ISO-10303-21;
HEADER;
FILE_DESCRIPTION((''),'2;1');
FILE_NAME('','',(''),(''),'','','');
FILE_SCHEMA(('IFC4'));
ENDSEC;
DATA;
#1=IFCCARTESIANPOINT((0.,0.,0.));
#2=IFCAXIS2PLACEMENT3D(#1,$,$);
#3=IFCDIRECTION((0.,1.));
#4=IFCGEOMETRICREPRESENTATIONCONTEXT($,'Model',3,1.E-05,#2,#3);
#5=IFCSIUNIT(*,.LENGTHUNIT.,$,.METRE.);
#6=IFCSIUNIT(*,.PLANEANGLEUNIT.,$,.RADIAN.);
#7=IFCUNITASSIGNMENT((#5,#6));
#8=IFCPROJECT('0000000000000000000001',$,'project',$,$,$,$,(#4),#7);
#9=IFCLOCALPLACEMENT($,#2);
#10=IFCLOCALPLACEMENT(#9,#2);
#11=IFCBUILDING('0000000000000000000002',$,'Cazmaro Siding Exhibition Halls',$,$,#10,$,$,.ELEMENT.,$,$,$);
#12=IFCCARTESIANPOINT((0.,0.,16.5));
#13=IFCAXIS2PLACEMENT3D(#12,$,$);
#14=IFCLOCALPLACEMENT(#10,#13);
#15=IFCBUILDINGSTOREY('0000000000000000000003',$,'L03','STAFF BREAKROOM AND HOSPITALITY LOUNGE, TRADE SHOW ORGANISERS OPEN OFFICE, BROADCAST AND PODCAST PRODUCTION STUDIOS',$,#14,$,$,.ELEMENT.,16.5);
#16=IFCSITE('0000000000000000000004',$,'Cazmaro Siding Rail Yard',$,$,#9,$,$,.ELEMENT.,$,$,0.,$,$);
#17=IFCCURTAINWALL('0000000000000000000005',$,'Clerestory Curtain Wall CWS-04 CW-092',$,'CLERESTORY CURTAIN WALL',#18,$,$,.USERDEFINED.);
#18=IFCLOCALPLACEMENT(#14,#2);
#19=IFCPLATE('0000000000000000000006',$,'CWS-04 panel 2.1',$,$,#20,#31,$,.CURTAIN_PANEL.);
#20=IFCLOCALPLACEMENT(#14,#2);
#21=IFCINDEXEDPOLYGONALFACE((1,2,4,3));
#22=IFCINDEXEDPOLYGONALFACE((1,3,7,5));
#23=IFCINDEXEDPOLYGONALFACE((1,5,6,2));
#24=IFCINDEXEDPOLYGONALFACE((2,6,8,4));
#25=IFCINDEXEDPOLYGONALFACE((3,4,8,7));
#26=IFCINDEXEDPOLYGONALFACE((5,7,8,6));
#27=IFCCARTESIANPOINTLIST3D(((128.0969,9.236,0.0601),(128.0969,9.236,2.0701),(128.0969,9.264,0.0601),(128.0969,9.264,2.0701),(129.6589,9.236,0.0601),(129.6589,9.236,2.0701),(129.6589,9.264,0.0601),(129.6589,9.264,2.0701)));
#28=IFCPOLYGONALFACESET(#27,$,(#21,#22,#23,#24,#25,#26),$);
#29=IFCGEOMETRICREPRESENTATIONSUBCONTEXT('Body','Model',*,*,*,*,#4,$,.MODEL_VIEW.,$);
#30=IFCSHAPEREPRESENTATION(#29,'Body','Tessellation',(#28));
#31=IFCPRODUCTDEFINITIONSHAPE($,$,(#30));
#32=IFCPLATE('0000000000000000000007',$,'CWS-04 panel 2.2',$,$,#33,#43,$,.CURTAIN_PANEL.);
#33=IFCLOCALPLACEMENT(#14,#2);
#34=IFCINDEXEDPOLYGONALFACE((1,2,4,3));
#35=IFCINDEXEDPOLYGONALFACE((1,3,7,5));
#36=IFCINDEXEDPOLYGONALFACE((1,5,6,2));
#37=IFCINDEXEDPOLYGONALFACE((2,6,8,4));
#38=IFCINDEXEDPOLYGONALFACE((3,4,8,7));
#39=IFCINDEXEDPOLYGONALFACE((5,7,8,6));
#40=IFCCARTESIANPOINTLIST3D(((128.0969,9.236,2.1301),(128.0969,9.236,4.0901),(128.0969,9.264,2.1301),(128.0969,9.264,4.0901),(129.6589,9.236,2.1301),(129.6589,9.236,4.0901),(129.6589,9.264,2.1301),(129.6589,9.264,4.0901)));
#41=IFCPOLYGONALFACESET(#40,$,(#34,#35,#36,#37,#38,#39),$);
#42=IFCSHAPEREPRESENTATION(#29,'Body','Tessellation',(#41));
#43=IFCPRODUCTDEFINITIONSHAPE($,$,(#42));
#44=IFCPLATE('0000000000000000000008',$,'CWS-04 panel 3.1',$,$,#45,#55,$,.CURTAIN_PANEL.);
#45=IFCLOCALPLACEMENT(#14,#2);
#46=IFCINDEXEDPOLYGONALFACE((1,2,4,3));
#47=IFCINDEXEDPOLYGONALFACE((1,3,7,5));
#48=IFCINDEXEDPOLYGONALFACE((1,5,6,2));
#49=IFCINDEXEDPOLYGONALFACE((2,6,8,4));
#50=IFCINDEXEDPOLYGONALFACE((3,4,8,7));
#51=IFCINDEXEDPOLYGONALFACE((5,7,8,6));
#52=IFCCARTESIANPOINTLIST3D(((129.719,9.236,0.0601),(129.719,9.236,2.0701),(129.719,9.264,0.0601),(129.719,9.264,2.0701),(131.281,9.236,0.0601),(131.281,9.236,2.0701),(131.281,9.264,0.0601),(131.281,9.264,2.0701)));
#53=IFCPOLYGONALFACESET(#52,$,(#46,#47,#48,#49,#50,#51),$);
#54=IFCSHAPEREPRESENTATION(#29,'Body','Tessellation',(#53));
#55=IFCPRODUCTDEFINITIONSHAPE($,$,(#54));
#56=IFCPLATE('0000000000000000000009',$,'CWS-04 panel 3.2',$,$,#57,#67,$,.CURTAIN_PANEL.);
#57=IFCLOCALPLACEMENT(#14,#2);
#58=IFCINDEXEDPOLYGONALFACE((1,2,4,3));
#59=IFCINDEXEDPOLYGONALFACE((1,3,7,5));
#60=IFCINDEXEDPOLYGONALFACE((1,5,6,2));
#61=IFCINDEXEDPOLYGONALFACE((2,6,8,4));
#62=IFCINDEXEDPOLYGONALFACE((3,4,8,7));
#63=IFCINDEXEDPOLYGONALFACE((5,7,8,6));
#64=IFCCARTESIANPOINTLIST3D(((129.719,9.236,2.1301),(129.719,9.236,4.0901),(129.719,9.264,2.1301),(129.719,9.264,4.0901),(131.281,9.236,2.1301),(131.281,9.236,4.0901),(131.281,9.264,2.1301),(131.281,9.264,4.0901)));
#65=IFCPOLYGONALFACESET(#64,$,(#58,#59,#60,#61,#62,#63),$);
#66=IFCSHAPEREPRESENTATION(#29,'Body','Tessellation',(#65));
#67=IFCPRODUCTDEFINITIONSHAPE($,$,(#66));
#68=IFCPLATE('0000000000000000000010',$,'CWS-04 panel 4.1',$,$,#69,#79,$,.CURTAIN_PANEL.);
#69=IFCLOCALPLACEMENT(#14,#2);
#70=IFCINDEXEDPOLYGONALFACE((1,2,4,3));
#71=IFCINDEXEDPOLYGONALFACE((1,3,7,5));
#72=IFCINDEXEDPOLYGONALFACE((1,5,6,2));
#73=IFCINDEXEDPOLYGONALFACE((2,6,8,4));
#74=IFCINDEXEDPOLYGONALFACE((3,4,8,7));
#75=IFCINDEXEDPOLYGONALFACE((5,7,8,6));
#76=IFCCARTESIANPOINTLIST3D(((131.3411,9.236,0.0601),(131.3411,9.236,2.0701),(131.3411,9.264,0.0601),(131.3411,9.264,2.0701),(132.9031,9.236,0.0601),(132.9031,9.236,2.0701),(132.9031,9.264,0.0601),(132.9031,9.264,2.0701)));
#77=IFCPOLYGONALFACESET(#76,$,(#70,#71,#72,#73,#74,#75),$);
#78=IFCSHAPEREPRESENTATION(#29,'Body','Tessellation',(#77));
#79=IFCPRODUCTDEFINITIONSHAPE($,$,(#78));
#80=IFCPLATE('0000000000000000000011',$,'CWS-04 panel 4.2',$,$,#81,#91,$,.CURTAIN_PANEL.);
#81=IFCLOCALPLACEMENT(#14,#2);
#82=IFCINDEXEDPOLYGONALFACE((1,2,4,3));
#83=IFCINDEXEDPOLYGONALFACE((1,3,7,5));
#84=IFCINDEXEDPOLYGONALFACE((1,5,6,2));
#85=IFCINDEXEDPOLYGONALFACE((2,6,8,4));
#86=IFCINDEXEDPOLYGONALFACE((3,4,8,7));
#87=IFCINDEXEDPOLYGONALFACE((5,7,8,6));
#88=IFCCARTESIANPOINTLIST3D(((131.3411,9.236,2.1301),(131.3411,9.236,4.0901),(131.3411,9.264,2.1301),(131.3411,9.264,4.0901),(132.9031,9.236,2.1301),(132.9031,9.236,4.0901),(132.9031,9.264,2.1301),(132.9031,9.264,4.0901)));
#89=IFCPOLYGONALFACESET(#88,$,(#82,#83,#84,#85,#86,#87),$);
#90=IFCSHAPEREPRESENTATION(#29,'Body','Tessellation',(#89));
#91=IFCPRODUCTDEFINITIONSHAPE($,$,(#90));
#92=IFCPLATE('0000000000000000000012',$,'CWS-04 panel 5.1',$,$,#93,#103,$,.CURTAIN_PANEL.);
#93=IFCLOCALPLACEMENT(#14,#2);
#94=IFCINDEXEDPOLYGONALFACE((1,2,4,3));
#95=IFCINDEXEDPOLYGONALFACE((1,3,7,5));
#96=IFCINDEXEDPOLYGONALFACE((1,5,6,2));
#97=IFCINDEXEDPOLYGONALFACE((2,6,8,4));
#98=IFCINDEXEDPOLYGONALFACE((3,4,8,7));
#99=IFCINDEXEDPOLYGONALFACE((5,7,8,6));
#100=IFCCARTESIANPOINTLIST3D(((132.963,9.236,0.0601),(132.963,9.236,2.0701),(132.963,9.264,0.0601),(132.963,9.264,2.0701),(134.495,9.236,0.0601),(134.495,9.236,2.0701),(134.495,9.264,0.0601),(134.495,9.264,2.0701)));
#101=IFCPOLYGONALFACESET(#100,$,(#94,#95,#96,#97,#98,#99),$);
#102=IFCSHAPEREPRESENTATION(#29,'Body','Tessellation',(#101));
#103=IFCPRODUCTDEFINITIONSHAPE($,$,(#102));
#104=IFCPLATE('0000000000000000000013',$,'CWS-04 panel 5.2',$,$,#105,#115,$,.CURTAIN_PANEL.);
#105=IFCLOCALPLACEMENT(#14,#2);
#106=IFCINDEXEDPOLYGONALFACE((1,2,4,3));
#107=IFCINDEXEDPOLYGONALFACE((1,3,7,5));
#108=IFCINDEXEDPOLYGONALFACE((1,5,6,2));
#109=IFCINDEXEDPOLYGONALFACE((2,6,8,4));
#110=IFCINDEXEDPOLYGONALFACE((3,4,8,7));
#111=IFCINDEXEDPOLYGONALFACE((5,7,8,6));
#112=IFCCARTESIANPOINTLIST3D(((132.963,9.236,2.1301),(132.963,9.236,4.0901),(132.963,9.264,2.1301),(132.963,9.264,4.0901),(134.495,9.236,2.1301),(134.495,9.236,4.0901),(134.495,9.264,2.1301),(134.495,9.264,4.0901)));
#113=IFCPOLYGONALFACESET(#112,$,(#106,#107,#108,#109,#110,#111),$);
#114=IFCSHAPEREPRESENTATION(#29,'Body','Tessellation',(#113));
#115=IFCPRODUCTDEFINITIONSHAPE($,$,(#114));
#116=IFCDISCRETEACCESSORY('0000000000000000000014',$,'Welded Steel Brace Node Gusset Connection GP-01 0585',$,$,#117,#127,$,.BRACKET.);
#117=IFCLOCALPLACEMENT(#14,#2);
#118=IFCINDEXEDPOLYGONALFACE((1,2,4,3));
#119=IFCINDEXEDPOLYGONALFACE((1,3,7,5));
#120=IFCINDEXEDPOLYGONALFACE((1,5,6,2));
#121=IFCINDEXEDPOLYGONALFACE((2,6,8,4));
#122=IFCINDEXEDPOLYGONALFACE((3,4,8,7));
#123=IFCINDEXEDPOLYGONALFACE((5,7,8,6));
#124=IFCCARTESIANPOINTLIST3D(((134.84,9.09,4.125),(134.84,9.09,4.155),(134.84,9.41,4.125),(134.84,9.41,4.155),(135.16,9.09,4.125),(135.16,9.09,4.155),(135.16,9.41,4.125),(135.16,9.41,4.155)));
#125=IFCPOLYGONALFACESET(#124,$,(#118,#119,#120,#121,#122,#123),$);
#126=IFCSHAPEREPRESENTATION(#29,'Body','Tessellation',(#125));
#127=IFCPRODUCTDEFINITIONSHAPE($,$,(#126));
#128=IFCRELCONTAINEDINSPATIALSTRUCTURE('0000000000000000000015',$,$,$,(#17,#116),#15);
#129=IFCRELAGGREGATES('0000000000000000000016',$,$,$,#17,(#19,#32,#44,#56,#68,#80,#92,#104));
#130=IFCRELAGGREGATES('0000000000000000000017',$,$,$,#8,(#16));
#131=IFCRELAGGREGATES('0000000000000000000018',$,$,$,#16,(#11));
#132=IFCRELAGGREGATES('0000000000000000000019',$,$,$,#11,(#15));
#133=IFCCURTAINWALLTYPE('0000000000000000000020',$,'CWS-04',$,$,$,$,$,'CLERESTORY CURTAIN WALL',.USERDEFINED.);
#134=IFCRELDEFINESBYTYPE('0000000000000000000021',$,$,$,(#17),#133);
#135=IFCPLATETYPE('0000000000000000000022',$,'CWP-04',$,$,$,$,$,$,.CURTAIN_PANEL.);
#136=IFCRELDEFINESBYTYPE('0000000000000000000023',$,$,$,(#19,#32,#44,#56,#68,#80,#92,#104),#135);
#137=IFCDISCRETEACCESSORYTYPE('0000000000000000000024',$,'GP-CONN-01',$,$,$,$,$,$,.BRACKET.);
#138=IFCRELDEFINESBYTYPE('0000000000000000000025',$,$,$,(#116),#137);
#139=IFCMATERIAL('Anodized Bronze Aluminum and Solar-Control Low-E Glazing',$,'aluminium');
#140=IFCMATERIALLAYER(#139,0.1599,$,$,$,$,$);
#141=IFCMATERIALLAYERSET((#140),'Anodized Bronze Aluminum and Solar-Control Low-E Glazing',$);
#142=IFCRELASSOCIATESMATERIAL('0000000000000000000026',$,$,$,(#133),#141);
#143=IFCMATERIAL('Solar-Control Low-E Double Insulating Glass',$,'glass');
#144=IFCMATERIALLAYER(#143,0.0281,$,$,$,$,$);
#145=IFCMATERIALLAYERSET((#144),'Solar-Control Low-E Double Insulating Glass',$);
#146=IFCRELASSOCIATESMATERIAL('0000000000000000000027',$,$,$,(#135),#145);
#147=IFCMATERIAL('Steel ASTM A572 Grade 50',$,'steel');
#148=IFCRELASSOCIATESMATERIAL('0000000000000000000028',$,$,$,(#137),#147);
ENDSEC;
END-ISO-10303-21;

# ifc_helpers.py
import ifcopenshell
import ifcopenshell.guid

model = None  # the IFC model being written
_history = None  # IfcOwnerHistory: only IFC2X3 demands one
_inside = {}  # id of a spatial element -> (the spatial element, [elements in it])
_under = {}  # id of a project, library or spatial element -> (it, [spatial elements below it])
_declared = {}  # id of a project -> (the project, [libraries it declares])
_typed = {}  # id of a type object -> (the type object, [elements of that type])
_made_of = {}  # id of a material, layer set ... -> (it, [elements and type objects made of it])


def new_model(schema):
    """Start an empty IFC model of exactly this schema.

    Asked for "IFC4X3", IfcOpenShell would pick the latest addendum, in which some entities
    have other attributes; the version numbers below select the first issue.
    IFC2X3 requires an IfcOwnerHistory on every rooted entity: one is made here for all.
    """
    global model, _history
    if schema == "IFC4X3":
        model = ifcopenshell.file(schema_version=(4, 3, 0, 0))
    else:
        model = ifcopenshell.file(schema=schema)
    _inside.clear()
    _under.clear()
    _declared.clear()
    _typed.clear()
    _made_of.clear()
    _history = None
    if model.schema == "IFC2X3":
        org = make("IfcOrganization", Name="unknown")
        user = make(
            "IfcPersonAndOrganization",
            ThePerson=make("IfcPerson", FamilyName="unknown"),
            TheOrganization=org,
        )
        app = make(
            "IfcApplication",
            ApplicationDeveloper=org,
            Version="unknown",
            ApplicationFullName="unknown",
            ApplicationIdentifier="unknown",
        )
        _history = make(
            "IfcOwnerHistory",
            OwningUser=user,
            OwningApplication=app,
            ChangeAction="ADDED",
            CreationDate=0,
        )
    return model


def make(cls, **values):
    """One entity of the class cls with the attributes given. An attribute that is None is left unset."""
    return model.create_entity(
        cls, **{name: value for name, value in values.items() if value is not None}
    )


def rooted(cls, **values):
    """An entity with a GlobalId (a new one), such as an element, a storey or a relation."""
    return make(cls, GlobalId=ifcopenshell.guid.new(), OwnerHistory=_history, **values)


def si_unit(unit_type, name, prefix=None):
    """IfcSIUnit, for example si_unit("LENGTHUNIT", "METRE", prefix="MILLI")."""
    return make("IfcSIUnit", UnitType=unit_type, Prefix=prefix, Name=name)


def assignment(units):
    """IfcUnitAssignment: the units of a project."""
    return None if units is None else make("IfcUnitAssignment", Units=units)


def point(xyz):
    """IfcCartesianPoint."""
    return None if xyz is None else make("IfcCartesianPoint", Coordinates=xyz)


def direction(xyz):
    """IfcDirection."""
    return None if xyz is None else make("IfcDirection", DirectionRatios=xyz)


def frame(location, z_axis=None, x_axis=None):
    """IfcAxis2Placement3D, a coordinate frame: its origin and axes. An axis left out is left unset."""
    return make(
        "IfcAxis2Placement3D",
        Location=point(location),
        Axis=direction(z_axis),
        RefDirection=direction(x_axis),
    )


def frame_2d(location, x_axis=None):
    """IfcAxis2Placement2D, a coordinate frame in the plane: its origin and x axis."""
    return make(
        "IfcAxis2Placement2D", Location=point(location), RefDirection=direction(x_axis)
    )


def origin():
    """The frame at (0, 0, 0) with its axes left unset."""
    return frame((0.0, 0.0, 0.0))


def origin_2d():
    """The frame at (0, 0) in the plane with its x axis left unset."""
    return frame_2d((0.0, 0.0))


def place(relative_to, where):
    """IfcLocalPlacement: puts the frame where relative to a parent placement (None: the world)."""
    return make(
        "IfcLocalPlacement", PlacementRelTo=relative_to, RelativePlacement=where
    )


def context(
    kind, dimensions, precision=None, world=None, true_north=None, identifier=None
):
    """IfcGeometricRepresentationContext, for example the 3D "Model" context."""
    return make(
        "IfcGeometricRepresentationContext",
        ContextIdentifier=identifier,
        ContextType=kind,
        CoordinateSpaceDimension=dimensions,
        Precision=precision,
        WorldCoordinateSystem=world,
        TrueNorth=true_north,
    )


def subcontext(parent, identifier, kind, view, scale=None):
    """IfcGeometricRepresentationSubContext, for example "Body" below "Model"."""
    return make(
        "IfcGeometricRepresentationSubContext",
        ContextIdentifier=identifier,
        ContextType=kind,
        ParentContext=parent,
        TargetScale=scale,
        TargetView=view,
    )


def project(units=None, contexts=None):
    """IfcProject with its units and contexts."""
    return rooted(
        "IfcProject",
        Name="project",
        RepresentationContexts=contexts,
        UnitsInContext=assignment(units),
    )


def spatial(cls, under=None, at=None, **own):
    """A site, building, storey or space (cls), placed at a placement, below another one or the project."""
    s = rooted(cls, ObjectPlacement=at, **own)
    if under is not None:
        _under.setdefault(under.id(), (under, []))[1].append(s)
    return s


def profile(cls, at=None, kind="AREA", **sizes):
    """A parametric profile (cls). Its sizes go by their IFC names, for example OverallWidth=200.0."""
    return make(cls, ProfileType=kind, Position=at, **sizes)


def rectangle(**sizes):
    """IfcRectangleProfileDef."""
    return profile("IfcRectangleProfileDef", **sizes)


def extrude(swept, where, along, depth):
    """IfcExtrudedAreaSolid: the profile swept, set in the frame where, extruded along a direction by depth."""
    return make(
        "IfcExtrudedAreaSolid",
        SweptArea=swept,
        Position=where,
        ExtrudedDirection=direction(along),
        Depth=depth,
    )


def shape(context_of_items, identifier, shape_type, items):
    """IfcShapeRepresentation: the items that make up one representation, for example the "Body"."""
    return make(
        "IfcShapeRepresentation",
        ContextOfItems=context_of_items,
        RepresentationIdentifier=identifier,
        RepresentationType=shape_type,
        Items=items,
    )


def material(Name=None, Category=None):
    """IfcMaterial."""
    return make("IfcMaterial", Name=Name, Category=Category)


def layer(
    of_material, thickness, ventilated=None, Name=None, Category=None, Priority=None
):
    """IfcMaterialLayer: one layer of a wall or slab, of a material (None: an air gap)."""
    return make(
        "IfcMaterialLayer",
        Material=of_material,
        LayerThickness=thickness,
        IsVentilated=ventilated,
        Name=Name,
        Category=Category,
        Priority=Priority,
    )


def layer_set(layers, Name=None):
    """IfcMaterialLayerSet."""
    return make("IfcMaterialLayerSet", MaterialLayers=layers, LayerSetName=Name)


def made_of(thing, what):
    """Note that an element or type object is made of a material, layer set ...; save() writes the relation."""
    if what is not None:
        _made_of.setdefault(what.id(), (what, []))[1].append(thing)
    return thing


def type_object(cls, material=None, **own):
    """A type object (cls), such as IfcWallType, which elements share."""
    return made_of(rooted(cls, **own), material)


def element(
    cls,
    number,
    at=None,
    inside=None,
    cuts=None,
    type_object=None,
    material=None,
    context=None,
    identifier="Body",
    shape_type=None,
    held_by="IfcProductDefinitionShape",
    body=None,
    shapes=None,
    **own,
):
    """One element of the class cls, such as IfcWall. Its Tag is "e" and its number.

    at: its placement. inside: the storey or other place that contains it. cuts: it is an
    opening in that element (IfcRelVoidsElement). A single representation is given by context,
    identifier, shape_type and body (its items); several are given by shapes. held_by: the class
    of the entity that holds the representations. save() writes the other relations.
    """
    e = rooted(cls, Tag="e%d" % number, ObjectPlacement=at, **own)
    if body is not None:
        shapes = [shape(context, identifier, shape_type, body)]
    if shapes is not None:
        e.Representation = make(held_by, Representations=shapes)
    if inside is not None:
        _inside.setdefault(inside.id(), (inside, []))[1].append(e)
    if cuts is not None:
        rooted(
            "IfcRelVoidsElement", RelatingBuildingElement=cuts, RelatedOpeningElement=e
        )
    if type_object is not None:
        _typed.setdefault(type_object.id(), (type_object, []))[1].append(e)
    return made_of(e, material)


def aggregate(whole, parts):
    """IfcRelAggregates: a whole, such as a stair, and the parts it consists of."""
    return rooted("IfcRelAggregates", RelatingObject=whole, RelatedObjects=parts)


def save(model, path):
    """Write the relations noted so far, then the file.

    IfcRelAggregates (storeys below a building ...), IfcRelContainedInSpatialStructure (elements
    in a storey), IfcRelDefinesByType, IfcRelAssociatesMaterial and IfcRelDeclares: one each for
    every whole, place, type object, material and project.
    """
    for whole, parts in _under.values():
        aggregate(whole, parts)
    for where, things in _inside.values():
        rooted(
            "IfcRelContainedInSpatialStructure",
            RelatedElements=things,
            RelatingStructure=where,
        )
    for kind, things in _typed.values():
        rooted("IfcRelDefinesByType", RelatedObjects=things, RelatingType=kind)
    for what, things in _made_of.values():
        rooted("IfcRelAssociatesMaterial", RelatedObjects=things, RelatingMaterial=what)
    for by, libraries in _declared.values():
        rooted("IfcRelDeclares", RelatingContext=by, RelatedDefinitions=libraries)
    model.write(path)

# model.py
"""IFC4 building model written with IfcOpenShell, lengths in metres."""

from ifc_helpers import new_model, si_unit, direction, frame, origin, origin_2d, place, context, subcontext, project, spatial, rectangle, extrude, material, layer, layer_set, type_object, element, aggregate, save


model = new_model("IFC4")

# Units and contexts
model_context = context("Model", 3, precision=1e-05, world=origin(), true_north=direction((0.0, 1.0)))
body_context = subcontext(model_context, "Body", "Model", "MODEL_VIEW")
ifc_project = project(units=[si_unit("LENGTHUNIT", "METRE"), si_unit("PLANEANGLEUNIT", "RADIAN")], contexts=[model_context])

# Site, building, storey
site_placement = place(None, origin())
site = spatial("IfcSite", under=ifc_project, at=site_placement, Name="Cazmaro Siding Rail Yard", CompositionType="ELEMENT", RefElevation=0.0)
building_placement = place(site_placement, origin())
building = spatial("IfcBuilding", under=site, at=building_placement, Name="Cazmaro Siding Exhibition Halls", CompositionType="ELEMENT")
storey_placement = place(building_placement, frame((0.0, 0.0, 16.5)))
storey = spatial("IfcBuildingStorey", under=building, at=storey_placement, Name="L03", Description="STAFF BREAKROOM AND HOSPITALITY LOUNGE, TRADE SHOW ORGANISERS OPEN OFFICE, BROADCAST AND PODCAST PRODUCTION STUDIOS", CompositionType="ELEMENT", Elevation=16.5)

# Curtain wall
ifc_material_1 = material(Name="Anodized Bronze Aluminum and Solar-Control Low-E Glazing", Category="aluminium")
ifc_layer_1 = layer(ifc_material_1, 0.1599)
ifc_layer_set_1 = layer_set([ifc_layer_1], Name="Anodized Bronze Aluminum and Solar-Control Low-E Glazing")
curtain_wall_type = type_object("IfcCurtainWallType", Name="CWS-04", ElementType="CLERESTORY CURTAIN WALL", PredefinedType="USERDEFINED", material=ifc_layer_set_1)
curtain_wall_1_placement = place(storey_placement, origin())
curtain_wall_1 = element("IfcCurtainWall", 1, at=curtain_wall_1_placement, inside=storey, type_object=curtain_wall_type, Name="Clerestory Curtain Wall CWS-04 CW-092", ObjectType="CLERESTORY CURTAIN WALL", PredefinedType="USERDEFINED")

# Plates
ifc_material_2 = material(Name="Solar-Control Low-E Double Insulating Glass", Category="glass")
ifc_layer_2 = layer(ifc_material_2, 0.0281)
ifc_layer_set_2 = layer_set([ifc_layer_2], Name="Solar-Control Low-E Double Insulating Glass")
plate_type = type_object("IfcPlateType", Name="CWP-04", PredefinedType="CURTAIN_PANEL", material=ifc_layer_set_2)
plate_1_placement = place(storey_placement, frame((128.8779, 9.25, 0.0601), z_axis=(0.0, 0.0, 1.0), x_axis=(1.0, 0.0, 0.0)))
plate_1 = element("IfcPlate", 2, at=plate_1_placement, type_object=plate_type, Name="CWS-04 panel 2.1", PredefinedType="CURTAIN_PANEL", context=body_context, shape_type="SweptSolid", body=[
    extrude(rectangle(XDim=1.562, YDim=0.0281, at=origin_2d()), origin(), (0.0, 0.0, 1.0), 2.01),
])
plate_2_placement = place(storey_placement, frame((128.8779, 9.25, 2.1301), z_axis=(0.0, 0.0, 1.0), x_axis=(1.0, 0.0, 0.0)))
plate_2 = element("IfcPlate", 3, at=plate_2_placement, type_object=plate_type, Name="CWS-04 panel 2.2", PredefinedType="CURTAIN_PANEL", context=body_context, shape_type="SweptSolid", body=[
    extrude(rectangle(XDim=1.562, YDim=0.0281, at=origin_2d()), origin(), (0.0, 0.0, 1.0), 1.96),
])
plate_3_placement = place(storey_placement, frame((130.5, 9.25, 0.0601), z_axis=(0.0, 0.0, 1.0), x_axis=(1.0, 0.0, 0.0)))
plate_3 = element("IfcPlate", 4, at=plate_3_placement, type_object=plate_type, Name="CWS-04 panel 3.1", PredefinedType="CURTAIN_PANEL", context=body_context, shape_type="SweptSolid", body=[
    extrude(rectangle(XDim=1.562, YDim=0.0281, at=origin_2d()), origin(), (0.0, 0.0, 1.0), 2.01),
])
plate_4_placement = place(storey_placement, frame((130.5, 9.25, 2.1301), z_axis=(0.0, 0.0, 1.0), x_axis=(1.0, 0.0, 0.0)))
plate_4 = element("IfcPlate", 5, at=plate_4_placement, type_object=plate_type, Name="CWS-04 panel 3.2", PredefinedType="CURTAIN_PANEL", context=body_context, shape_type="SweptSolid", body=[
    extrude(rectangle(XDim=1.562, YDim=0.0281, at=origin_2d()), origin(), (0.0, 0.0, 1.0), 1.96),
])
plate_5_placement = place(storey_placement, frame((132.1221, 9.25, 0.0601), z_axis=(0.0, 0.0, 1.0), x_axis=(1.0, 0.0, 0.0)))
plate_5 = element("IfcPlate", 6, at=plate_5_placement, type_object=plate_type, Name="CWS-04 panel 4.1", PredefinedType="CURTAIN_PANEL", context=body_context, shape_type="SweptSolid", body=[
    extrude(rectangle(XDim=1.562, YDim=0.0281, at=origin_2d()), origin(), (0.0, 0.0, 1.0), 2.01),
])
plate_6_placement = place(storey_placement, frame((132.1221, 9.25, 2.1301), z_axis=(0.0, 0.0, 1.0), x_axis=(1.0, 0.0, 0.0)))
plate_6 = element("IfcPlate", 7, at=plate_6_placement, type_object=plate_type, Name="CWS-04 panel 4.2", PredefinedType="CURTAIN_PANEL", context=body_context, shape_type="SweptSolid", body=[
    extrude(rectangle(XDim=1.562, YDim=0.0281, at=origin_2d()), origin(), (0.0, 0.0, 1.0), 1.96),
])
plate_7_placement = place(storey_placement, frame((133.729, 9.25, 0.0601), z_axis=(0.0, 0.0, 1.0), x_axis=(1.0, 0.0, 0.0)))
plate_7 = element("IfcPlate", 8, at=plate_7_placement, type_object=plate_type, Name="CWS-04 panel 5.1", PredefinedType="CURTAIN_PANEL", context=body_context, shape_type="SweptSolid", body=[
    extrude(rectangle(XDim=1.532, YDim=0.0281, at=origin_2d()), origin(), (0.0, 0.0, 1.0), 2.01),
])
plate_8_placement = place(storey_placement, frame((133.729, 9.25, 2.1301), z_axis=(0.0, 0.0, 1.0), x_axis=(1.0, 0.0, 0.0)))
plate_8 = element("IfcPlate", 9, at=plate_8_placement, type_object=plate_type, Name="CWS-04 panel 5.2", PredefinedType="CURTAIN_PANEL", context=body_context, shape_type="SweptSolid", body=[
    extrude(rectangle(XDim=1.532, YDim=0.0281, at=origin_2d()), origin(), (0.0, 0.0, 1.0), 1.96),
])
aggregate(curtain_wall_1, [plate_1, plate_2, plate_3, plate_4, plate_5, plate_6, plate_7, plate_8])

# Discrete accessory
ifc_material_3 = material(Name="Steel ASTM A572 Grade 50", Category="steel")
discrete_accessory_type = type_object("IfcDiscreteAccessoryType", Name="GP-CONN-01", PredefinedType="BRACKET", material=ifc_material_3)
discrete_accessory_placement = place(storey_placement, frame((135.0, 9.25, 4.125), z_axis=(0.0, 0.0, 1.0), x_axis=(1.0, 0.0, 0.0)))
element("IfcDiscreteAccessory", 10, at=discrete_accessory_placement, inside=storey, type_object=discrete_accessory_type, Name="Welded Steel Brace Node Gusset Connection GP-01 0585", PredefinedType="BRACKET", context=body_context, shape_type="SweptSolid", body=[
    extrude(rectangle(XDim=0.3201, YDim=0.3201, at=origin_2d()), origin(), (0.0, 0.0, 1.0), 0.03),
])

save(model, "model.ifc")
